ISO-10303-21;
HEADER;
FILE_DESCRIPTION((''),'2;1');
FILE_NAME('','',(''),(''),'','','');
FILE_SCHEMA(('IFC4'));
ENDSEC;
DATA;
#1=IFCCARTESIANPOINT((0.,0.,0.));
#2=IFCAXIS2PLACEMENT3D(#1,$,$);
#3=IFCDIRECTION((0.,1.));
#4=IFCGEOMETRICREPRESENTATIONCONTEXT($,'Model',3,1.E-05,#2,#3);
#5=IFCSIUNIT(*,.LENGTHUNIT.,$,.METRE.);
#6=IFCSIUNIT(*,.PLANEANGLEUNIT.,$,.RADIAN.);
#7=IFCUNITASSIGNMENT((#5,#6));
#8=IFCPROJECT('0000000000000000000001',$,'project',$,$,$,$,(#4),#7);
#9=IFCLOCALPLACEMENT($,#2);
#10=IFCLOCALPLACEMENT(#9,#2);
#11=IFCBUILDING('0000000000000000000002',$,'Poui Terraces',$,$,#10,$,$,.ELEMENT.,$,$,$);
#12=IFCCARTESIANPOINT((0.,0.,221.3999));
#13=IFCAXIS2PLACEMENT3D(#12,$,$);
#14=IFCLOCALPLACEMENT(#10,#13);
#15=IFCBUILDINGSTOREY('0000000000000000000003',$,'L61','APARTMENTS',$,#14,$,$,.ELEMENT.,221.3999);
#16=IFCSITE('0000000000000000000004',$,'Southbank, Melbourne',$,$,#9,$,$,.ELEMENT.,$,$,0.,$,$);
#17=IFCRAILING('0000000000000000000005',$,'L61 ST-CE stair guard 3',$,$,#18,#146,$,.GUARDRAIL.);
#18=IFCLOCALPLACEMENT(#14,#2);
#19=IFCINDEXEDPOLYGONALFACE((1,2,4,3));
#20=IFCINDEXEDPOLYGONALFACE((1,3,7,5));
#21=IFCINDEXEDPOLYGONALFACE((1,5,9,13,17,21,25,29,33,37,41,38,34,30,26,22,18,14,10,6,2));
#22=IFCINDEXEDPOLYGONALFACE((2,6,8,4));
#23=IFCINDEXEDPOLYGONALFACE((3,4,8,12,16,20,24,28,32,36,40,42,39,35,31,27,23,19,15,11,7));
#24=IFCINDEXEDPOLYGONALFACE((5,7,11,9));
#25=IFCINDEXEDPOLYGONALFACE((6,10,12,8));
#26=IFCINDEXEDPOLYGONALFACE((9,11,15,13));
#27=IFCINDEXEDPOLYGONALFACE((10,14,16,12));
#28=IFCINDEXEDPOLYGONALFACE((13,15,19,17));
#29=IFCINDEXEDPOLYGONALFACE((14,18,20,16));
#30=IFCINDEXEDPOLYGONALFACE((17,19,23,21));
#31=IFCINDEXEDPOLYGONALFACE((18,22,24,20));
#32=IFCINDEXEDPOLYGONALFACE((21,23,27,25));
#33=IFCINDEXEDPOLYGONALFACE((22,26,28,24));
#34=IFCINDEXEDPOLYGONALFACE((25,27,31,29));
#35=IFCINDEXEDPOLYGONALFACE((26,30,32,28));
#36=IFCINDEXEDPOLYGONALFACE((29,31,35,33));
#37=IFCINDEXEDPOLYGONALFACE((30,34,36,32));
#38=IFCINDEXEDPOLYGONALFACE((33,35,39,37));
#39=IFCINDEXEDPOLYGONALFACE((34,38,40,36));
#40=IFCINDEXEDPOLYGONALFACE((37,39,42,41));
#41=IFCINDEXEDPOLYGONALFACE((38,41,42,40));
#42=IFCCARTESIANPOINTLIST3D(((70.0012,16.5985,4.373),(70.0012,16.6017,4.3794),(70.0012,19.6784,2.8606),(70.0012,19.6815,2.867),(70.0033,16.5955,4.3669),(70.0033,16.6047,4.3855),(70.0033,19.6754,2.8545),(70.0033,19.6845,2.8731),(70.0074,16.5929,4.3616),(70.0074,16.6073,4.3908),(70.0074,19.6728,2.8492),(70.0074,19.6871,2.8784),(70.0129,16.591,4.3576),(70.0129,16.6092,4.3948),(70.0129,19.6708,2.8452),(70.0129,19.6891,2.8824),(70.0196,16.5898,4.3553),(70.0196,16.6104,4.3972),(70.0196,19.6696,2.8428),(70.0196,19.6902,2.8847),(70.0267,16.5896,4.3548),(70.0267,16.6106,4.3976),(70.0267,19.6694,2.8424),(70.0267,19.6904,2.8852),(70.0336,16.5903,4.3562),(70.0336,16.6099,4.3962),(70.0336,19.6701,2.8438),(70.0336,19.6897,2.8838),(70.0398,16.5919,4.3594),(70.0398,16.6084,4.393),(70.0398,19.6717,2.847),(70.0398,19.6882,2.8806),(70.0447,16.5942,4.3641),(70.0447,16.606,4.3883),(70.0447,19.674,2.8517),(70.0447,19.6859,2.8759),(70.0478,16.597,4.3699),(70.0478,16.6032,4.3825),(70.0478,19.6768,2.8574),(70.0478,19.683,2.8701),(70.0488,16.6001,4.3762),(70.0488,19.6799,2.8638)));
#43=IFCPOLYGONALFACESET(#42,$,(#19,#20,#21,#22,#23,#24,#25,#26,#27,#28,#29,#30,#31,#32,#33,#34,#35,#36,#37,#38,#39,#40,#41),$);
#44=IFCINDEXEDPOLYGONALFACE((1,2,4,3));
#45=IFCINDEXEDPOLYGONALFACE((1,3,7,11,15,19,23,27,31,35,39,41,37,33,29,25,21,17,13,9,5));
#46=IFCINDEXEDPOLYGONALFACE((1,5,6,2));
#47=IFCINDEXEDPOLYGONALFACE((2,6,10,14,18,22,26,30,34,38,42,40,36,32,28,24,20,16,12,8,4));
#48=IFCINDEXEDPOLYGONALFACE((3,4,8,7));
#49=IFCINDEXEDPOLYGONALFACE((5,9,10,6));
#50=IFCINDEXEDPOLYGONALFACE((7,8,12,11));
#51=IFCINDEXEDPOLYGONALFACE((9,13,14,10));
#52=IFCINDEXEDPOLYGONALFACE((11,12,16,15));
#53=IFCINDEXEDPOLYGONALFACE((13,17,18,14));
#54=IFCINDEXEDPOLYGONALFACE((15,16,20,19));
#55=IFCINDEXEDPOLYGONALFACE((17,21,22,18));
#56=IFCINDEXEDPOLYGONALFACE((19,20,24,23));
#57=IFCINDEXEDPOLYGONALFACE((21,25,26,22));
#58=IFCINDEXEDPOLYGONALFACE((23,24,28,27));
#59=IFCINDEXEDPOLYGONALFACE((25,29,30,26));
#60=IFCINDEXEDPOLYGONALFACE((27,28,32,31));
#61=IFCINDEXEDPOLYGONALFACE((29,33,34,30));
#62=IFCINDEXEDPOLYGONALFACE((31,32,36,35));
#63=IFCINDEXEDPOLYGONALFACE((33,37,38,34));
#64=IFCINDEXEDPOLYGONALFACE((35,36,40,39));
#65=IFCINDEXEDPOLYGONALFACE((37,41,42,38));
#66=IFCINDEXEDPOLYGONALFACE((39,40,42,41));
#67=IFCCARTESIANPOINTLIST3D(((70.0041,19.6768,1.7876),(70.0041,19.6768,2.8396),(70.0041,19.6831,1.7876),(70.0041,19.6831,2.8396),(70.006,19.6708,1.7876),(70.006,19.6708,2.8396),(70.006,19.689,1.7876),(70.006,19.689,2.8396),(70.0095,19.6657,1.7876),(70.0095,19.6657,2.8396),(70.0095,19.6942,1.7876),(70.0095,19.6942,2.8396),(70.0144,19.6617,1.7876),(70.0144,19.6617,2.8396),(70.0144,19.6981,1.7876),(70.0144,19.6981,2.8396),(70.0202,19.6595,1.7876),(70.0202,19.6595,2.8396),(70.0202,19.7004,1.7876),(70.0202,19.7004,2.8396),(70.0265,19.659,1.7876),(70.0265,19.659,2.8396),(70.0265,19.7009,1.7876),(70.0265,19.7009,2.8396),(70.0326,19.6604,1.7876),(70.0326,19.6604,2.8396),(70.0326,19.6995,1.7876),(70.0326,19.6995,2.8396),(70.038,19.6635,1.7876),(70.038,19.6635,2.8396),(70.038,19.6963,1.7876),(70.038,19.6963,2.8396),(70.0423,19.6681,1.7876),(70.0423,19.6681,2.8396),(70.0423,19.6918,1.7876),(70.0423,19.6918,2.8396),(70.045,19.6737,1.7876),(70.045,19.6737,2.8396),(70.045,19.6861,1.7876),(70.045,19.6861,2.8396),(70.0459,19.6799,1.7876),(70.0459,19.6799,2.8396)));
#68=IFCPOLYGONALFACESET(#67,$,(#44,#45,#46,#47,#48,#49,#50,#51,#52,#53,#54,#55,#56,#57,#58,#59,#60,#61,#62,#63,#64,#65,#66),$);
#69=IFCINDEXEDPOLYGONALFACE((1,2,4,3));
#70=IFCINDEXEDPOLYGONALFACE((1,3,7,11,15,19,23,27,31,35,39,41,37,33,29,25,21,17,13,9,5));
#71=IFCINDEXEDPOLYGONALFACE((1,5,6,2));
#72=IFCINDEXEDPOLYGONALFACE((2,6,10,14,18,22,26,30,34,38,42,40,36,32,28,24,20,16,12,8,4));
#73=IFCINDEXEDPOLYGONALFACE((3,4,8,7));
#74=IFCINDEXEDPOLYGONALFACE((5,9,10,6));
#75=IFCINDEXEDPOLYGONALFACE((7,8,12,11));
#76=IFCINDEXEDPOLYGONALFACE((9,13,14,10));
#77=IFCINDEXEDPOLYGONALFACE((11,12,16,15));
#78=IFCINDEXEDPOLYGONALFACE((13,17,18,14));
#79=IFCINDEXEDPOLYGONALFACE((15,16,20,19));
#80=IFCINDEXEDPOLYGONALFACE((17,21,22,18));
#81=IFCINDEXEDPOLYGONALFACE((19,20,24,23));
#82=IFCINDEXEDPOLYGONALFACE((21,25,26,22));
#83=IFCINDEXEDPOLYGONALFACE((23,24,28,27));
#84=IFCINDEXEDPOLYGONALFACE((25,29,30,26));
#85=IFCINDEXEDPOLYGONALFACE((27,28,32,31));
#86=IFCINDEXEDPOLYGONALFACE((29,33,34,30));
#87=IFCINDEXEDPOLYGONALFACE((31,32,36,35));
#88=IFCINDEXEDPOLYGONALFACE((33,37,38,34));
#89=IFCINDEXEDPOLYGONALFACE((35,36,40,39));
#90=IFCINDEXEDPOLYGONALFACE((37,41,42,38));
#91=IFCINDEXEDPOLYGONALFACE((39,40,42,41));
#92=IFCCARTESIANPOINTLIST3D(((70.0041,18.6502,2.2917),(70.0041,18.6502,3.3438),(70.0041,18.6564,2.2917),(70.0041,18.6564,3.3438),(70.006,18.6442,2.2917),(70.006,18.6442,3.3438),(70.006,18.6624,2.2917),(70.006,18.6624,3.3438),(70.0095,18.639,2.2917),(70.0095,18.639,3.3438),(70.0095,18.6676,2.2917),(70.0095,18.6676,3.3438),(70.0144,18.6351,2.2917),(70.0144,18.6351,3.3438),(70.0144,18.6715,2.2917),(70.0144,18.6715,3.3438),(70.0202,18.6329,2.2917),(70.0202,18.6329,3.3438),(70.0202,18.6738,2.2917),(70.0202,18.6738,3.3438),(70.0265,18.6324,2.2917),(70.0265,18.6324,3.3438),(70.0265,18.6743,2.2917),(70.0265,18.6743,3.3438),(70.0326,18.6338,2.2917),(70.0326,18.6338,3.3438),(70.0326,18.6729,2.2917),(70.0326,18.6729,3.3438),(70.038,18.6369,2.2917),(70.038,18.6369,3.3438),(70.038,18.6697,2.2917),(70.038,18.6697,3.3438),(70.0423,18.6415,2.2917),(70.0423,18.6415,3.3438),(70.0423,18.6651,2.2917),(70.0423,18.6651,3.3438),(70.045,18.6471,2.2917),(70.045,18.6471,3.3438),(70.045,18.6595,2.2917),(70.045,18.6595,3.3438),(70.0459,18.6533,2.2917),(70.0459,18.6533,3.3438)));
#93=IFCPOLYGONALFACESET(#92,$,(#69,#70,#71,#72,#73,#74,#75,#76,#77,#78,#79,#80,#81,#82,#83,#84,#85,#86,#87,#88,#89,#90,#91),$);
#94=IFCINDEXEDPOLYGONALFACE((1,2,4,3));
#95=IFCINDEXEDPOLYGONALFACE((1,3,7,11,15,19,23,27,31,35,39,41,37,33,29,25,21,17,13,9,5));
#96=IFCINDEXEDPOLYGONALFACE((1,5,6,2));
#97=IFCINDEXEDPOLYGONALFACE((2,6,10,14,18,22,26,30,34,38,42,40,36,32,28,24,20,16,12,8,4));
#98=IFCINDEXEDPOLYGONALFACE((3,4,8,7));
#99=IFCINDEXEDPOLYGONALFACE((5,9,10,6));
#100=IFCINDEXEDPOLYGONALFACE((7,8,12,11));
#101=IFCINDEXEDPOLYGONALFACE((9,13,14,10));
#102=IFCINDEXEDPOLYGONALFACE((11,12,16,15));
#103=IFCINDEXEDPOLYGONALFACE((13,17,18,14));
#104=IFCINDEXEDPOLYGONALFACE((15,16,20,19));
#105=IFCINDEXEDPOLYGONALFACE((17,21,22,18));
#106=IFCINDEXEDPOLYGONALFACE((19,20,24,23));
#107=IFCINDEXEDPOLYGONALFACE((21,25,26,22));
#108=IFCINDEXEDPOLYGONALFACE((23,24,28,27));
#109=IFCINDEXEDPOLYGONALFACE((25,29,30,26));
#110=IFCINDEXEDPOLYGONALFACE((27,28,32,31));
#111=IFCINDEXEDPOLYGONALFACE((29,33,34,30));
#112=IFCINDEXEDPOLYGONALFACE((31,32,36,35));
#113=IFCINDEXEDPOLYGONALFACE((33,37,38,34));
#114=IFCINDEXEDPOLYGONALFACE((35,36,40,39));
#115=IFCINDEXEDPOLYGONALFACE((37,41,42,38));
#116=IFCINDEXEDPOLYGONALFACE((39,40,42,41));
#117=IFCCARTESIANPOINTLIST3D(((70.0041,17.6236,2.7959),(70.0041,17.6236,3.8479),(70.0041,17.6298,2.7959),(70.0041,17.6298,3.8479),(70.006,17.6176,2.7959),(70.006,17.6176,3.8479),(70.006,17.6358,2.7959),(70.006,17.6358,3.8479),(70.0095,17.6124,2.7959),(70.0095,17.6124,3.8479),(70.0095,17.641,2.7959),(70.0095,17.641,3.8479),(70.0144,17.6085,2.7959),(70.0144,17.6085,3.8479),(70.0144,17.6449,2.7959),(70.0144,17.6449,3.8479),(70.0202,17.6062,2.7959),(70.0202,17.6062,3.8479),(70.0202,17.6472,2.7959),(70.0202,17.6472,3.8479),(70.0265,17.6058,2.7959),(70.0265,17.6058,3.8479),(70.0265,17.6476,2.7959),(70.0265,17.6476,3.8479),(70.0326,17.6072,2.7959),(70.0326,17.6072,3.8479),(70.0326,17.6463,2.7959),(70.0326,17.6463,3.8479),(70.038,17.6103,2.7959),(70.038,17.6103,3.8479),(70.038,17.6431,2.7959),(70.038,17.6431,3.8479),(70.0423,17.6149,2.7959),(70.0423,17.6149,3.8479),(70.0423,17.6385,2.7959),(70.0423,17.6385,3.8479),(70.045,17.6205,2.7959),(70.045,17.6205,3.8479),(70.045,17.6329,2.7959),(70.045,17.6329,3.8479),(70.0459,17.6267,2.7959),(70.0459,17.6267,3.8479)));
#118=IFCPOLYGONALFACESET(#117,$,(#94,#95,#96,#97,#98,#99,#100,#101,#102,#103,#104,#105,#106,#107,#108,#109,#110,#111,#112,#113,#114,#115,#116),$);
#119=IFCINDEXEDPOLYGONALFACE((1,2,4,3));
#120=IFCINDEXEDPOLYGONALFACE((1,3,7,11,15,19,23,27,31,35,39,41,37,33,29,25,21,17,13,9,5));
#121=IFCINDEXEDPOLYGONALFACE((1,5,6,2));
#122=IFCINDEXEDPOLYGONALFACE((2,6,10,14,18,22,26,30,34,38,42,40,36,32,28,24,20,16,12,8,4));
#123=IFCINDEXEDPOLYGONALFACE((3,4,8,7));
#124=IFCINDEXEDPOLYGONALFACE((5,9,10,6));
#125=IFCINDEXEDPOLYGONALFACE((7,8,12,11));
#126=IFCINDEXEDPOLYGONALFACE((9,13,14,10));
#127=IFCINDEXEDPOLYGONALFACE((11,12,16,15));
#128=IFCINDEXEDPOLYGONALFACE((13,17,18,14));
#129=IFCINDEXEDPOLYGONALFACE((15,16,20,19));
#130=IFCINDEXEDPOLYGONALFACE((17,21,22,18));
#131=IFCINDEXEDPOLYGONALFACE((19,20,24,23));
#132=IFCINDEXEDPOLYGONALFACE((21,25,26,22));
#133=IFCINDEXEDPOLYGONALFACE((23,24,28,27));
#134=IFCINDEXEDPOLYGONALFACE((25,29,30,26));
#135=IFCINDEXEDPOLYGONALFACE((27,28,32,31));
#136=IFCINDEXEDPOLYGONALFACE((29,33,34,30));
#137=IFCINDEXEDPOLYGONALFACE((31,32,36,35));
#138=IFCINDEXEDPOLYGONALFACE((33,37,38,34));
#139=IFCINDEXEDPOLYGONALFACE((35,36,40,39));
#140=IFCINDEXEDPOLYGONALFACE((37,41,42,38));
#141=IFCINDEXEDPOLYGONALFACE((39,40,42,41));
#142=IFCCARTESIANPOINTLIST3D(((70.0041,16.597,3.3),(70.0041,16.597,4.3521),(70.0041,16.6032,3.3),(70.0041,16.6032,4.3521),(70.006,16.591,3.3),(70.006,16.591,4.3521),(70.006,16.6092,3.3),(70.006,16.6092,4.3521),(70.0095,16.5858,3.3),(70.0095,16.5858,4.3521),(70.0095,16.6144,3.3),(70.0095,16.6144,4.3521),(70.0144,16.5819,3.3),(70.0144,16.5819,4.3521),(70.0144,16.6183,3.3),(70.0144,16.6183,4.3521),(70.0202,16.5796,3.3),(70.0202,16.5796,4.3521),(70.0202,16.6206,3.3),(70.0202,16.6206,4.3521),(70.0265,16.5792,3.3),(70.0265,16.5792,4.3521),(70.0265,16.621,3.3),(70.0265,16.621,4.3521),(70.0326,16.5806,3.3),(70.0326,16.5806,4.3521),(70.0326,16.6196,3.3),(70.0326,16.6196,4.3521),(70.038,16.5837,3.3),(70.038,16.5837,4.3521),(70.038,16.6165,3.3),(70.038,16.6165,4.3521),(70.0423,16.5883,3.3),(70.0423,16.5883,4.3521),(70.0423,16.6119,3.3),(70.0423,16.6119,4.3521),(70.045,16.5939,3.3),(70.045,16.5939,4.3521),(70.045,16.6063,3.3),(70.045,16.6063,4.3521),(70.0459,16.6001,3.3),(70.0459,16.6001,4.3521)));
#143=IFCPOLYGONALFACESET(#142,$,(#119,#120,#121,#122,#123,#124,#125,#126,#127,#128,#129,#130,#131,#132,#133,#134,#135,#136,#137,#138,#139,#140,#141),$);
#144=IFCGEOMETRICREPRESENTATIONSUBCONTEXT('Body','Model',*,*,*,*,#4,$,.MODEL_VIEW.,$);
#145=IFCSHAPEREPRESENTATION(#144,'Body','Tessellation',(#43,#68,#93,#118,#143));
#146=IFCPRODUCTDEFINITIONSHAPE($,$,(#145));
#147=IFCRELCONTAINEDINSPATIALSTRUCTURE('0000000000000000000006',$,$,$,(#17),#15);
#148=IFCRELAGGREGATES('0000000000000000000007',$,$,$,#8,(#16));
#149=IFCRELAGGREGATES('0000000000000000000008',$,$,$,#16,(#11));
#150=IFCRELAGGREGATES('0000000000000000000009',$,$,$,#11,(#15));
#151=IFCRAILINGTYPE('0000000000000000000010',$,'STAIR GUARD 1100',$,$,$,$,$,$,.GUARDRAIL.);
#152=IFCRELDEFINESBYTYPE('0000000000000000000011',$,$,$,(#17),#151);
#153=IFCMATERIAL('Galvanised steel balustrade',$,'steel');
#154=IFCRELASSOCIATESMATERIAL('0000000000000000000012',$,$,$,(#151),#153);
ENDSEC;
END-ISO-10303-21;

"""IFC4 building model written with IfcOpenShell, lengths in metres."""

from ifc_helpers import new_model, si_unit, direction, frame, origin, origin_2d, place, context, subcontext, project, spatial, circle, extrude, material, type_object, element, save


model = new_model("IFC4")

# Units and contexts
model_context = context("Model", 3, precision=1e-05, world=origin(), true_north=direction((0.0, 1.0)))
body_context = subcontext(model_context, "Body", "Model", "MODEL_VIEW")
ifc_project = project(units=[si_unit("LENGTHUNIT", "METRE"), si_unit("PLANEANGLEUNIT", "RADIAN")], contexts=[model_context])

# Site, building, storey
site_placement = place(None, origin())
site = spatial("IfcSite", under=ifc_project, at=site_placement, Name="Southbank, Melbourne", CompositionType="ELEMENT", RefElevation=0.0)
building_placement = place(site_placement, origin())
building = spatial("IfcBuilding", under=site, at=building_placement, Name="Poui Terraces", CompositionType="ELEMENT")
storey_placement = place(building_placement, frame((0.0, 0.0, 221.3999)))
storey = spatial("IfcBuildingStorey", under=building, at=storey_placement, Name="L61", Description="APARTMENTS", CompositionType="ELEMENT", Elevation=221.3999)

# Railing
ifc_material_1 = material(Name="Galvanised steel balustrade", Category="steel")
railing_type_1 = type_object("IfcRailingType", Name="STAIR GUARD 1100", PredefinedType="GUARDRAIL", material=ifc_material_1)
railing_1_placement = place(storey_placement, frame((70.0249, 19.6799, 1.7876)))
element("IfcRailing", 1, at=railing_1_placement, inside=storey, type_object=railing_type_1, Name="L61 ST-CE stair guard 3", PredefinedType="GUARDRAIL", context=body_context, shape_type="SweptSolid", body=[
    extrude(circle(Radius=0.0239, at=origin_2d()), frame((0.0, 0.0, 1.0762), z_axis=(0.0, -0.897606, 0.440798), x_axis=(1.0, 0.0, 0.0)), (0.0, 0.0, 1.0), 3.4312),
    extrude(circle(Radius=0.021, at=origin_2d()), origin(), (0.0, 0.0, 1.0), 1.052),
    extrude(circle(Radius=0.021, at=origin_2d()), frame((0.0, -1.0266, 0.5042)), (0.0, 0.0, 1.0), 1.052),
    extrude(circle(Radius=0.021, at=origin_2d()), frame((0.0, -2.0532, 1.0083)), (0.0, 0.0, 1.0), 1.052),
    extrude(circle(Radius=0.021, at=origin_2d()), frame((0.0, -3.0798, 1.5125)), (0.0, 0.0, 1.0), 1.052),
])

save(model, "model.ifc")
